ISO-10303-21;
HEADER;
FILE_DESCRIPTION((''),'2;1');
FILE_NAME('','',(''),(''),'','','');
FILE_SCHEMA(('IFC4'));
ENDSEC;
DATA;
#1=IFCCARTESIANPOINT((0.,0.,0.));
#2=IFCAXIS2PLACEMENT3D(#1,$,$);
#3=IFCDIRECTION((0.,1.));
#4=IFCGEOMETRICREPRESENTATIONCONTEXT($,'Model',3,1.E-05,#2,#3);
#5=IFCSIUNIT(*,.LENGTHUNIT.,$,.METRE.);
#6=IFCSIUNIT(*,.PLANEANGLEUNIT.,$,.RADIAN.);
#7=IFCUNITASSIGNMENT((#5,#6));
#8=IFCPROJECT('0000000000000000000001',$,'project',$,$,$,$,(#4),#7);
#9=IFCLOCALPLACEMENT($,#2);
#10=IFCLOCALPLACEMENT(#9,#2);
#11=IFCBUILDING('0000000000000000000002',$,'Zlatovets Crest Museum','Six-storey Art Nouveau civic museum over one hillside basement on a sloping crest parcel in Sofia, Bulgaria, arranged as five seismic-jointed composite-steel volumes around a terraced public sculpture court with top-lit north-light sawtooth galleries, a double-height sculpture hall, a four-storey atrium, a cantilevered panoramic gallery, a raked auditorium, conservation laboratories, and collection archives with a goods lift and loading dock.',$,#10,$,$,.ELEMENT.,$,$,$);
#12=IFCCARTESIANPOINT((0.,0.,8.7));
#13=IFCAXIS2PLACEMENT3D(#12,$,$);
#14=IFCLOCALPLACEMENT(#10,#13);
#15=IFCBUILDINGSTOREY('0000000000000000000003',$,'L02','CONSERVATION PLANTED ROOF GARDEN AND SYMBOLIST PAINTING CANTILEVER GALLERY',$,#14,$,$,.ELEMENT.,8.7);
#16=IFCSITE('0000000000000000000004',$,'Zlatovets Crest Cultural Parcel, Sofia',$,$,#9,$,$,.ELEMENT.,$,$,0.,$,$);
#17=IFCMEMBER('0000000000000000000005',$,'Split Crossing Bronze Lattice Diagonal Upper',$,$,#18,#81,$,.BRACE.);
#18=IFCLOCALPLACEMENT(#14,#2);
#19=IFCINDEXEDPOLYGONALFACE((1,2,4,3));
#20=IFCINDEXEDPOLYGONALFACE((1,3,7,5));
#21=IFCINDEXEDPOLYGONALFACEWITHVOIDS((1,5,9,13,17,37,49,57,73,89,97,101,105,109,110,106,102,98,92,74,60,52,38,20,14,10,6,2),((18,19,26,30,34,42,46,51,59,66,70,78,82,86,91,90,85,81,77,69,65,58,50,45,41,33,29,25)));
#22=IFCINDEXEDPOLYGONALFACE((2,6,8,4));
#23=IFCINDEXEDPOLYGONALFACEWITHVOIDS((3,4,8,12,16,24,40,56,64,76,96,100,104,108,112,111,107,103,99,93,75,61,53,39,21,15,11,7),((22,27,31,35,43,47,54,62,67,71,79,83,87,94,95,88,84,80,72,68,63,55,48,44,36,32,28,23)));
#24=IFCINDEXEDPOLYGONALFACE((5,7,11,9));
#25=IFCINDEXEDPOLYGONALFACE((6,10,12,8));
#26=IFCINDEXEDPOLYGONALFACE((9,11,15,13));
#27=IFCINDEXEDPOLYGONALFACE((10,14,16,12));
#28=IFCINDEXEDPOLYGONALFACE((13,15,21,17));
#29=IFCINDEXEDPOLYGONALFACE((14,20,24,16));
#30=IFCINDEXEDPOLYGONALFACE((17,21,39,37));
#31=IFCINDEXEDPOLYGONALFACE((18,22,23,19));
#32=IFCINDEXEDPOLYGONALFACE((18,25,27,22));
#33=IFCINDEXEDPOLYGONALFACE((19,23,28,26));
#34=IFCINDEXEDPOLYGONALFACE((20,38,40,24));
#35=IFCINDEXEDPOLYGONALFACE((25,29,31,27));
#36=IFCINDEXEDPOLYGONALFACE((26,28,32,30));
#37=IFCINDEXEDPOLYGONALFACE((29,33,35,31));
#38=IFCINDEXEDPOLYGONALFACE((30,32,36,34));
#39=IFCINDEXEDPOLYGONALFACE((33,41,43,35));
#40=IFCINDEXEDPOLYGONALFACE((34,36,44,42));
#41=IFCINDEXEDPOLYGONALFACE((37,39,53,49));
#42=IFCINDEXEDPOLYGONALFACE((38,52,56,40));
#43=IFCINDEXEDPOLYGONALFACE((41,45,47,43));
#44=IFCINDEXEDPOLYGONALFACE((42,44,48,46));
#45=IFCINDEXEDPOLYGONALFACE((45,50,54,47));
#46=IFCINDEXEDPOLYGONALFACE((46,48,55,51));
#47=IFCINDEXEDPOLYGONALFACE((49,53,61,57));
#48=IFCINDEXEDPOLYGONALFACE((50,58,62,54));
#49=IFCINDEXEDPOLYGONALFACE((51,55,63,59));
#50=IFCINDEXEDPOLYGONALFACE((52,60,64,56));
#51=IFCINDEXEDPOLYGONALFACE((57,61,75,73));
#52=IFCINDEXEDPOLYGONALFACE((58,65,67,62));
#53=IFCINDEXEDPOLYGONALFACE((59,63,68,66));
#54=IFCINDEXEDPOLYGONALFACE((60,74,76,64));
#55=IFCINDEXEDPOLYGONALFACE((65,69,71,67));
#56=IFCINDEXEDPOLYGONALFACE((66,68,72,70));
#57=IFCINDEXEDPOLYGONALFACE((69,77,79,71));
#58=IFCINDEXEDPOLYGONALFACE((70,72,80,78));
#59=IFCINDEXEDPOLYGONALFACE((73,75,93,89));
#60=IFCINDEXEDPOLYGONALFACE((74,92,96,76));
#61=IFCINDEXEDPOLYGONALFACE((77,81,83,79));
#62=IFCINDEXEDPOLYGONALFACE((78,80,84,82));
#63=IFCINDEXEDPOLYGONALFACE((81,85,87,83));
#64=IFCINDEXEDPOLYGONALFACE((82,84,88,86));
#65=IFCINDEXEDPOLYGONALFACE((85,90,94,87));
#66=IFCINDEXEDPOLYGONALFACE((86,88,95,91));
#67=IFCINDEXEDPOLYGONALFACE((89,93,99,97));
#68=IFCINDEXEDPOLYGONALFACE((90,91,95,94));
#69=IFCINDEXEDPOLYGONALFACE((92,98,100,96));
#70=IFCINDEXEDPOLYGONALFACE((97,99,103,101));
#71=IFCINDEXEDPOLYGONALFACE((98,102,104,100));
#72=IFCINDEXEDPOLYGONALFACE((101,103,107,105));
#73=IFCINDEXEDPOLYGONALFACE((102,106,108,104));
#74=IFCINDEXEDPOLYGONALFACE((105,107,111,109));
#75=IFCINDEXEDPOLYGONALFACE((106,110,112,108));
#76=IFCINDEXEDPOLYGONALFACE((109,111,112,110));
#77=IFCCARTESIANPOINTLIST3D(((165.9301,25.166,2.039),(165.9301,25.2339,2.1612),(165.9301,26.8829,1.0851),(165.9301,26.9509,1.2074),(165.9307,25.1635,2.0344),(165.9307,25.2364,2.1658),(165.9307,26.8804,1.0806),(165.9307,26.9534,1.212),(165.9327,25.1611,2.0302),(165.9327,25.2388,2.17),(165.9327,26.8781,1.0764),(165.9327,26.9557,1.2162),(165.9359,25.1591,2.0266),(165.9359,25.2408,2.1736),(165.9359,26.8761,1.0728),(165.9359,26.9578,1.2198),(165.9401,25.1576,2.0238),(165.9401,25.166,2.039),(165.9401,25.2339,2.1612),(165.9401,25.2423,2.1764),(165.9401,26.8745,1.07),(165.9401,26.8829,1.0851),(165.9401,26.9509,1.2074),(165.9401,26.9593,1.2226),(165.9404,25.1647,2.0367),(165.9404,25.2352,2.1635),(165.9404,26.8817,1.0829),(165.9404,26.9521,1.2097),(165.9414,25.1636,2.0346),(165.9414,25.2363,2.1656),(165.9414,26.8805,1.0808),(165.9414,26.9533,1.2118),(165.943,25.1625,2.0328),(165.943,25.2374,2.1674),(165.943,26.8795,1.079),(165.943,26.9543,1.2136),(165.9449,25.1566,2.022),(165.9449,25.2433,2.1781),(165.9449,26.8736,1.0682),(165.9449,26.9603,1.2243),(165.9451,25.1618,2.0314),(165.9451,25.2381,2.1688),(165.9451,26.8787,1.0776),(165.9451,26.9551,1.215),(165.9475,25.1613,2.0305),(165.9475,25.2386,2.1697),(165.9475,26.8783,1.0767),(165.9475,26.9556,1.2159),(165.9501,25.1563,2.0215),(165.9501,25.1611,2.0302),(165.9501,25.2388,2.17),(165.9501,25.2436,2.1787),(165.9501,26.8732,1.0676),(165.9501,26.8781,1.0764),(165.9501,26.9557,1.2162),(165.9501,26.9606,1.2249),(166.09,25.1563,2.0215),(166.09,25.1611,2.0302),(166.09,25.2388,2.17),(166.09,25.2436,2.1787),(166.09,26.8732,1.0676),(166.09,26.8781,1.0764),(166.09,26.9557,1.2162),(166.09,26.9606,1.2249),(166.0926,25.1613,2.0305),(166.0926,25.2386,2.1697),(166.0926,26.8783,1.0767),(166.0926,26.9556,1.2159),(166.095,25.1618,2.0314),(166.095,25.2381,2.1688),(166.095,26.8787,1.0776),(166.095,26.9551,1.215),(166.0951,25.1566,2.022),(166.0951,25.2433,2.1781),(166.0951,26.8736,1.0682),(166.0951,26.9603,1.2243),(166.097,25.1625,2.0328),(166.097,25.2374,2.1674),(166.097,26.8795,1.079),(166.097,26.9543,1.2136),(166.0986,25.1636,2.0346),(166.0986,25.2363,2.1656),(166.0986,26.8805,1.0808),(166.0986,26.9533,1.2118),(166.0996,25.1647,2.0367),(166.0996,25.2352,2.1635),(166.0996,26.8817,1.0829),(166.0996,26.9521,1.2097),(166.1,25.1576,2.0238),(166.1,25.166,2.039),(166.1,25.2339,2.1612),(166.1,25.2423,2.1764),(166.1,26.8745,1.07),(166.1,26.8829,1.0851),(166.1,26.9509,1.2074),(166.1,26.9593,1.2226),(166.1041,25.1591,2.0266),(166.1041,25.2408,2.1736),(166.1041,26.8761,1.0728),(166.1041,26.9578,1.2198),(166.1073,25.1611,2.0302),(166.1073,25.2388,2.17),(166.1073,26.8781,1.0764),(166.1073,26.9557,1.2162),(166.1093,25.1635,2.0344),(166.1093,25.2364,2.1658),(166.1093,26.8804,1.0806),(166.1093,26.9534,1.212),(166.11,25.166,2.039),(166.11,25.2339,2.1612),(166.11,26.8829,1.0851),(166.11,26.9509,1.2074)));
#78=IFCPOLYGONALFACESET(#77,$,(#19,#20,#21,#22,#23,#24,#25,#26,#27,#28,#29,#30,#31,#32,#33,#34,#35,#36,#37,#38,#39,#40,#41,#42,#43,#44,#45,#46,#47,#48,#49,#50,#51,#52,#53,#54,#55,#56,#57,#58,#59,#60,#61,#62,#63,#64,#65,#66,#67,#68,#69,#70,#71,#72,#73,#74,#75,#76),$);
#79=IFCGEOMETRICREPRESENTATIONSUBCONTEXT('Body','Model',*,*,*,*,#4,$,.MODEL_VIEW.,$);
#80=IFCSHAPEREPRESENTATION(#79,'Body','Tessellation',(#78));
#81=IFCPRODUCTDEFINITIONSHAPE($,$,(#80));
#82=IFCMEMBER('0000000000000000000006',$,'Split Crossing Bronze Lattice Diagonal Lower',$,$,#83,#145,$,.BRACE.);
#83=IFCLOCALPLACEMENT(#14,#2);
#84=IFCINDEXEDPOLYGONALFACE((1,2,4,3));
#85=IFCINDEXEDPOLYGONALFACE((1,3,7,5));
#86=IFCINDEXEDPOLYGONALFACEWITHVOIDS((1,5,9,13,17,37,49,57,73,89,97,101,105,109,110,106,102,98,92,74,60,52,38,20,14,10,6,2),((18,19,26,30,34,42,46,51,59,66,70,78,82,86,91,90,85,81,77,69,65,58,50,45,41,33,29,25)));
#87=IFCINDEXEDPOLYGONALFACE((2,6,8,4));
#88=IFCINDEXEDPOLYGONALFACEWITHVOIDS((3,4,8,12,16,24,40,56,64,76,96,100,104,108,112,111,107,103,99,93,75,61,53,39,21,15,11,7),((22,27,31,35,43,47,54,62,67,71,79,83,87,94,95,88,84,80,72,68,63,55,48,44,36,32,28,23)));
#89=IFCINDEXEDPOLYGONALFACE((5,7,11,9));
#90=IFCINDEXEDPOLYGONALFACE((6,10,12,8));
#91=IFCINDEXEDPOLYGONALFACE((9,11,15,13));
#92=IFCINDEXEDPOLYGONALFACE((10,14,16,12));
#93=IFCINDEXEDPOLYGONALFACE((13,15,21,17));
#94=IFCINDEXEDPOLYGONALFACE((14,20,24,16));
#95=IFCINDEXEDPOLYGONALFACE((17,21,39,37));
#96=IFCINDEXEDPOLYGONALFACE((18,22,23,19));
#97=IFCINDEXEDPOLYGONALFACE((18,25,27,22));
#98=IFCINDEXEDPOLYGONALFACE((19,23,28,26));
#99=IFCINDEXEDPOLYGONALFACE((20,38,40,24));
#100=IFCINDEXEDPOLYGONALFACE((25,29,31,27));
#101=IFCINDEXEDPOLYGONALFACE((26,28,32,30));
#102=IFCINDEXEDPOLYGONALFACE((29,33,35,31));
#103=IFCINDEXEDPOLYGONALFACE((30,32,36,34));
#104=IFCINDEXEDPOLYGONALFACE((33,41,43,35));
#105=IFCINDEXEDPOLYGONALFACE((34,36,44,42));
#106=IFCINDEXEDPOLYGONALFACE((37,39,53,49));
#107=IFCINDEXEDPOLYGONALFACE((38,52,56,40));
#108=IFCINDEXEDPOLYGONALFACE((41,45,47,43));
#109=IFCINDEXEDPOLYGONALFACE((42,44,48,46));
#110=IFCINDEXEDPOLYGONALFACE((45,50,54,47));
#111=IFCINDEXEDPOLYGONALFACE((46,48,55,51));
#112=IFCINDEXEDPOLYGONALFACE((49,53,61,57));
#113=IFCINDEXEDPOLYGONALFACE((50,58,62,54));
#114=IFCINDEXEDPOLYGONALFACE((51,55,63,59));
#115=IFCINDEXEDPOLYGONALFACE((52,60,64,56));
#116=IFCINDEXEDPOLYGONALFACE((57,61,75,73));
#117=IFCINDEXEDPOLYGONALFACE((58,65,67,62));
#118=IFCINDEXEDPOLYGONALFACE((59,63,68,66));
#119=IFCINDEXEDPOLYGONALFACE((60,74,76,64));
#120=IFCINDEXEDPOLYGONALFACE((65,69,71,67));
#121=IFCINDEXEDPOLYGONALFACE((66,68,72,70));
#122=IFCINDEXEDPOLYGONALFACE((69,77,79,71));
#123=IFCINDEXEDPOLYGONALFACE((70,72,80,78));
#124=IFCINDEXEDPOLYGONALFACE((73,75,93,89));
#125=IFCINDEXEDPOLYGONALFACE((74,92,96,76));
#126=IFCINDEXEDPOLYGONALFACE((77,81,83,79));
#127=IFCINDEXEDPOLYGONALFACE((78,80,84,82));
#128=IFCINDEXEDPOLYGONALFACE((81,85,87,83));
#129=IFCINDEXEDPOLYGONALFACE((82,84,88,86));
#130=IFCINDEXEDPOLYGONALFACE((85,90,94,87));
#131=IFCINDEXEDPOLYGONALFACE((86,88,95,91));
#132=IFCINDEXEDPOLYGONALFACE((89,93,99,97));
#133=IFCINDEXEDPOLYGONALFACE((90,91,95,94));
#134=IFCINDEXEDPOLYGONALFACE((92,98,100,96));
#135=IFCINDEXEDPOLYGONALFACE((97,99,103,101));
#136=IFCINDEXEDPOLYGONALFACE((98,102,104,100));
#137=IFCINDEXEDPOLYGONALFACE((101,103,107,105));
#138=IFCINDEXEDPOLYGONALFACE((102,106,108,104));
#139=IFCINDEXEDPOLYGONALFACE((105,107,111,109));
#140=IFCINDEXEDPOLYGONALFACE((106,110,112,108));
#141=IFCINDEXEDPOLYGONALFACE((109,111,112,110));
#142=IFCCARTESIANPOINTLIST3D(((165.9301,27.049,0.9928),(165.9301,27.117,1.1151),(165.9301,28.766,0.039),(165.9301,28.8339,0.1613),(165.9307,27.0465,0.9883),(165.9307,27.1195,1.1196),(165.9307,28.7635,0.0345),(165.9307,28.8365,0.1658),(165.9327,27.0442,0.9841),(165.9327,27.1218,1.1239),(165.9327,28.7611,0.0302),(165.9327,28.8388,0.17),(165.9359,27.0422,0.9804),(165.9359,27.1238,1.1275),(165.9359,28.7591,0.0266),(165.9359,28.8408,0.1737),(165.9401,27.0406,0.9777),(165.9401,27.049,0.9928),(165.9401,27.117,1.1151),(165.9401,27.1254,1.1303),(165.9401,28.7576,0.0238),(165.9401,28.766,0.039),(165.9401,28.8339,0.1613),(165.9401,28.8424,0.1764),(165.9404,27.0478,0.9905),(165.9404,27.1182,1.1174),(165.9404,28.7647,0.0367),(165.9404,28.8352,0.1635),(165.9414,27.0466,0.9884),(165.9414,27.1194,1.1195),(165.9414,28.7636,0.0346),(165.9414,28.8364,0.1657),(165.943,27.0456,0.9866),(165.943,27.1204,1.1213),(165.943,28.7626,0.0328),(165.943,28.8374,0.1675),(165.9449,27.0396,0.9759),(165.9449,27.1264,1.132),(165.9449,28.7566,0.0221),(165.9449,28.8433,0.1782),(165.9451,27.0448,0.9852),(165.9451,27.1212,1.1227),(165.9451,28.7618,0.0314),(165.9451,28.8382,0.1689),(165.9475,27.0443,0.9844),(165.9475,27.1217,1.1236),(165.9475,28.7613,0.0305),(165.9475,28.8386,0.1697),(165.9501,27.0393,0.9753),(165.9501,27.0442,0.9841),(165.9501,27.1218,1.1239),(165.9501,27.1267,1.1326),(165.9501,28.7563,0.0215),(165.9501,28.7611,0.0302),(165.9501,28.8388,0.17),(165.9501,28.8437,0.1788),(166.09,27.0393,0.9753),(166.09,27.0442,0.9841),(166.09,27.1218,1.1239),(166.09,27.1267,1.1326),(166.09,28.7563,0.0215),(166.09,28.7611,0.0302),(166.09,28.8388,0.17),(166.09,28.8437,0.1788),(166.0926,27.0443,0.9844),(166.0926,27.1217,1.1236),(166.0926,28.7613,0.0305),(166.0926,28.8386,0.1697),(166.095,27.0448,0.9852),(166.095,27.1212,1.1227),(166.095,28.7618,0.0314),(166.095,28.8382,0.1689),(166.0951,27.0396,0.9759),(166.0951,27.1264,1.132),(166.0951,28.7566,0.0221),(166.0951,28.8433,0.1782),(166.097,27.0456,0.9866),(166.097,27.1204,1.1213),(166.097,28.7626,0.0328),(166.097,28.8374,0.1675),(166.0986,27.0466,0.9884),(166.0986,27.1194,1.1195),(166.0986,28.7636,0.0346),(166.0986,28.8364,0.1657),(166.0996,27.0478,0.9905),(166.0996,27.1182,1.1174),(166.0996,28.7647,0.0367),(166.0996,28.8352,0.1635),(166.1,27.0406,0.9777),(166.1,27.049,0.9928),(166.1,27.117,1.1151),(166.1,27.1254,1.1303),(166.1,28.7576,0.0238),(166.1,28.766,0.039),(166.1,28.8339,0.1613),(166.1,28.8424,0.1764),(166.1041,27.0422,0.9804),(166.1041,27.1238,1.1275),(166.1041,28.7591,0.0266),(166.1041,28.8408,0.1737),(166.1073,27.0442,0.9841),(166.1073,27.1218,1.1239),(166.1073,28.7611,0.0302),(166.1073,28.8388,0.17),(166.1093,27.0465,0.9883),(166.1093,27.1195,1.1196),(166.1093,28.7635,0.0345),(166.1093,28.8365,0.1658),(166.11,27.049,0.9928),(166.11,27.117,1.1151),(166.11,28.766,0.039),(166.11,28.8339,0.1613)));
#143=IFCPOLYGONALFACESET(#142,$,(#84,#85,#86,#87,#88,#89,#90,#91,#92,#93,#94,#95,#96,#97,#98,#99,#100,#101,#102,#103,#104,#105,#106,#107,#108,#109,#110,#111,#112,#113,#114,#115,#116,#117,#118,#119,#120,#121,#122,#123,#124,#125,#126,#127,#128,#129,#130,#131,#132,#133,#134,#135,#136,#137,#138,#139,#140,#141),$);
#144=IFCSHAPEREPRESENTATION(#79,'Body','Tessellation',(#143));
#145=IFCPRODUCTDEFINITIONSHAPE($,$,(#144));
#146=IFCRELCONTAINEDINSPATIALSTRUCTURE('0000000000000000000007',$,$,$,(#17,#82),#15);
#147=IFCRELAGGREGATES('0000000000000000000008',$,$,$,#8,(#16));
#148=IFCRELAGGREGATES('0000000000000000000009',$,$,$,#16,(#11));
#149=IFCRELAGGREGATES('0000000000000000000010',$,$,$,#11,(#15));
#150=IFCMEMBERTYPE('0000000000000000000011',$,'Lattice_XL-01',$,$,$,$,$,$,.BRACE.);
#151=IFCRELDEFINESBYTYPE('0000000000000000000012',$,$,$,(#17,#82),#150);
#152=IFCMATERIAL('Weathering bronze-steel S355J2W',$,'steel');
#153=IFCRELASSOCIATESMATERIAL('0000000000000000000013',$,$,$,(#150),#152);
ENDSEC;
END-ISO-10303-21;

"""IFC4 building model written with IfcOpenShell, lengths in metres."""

from ifc_helpers import new_model, si_unit, direction, frame, origin, origin_2d, place, context, subcontext, project, spatial, hollow_rectangle, extrude, material, material_profile, profile_set, type_object, element, save


model = new_model("IFC4")

# Units and contexts
model_context = context("Model", 3, precision=1e-05, world=origin(), true_north=direction((0.0, 1.0)))
body_context = subcontext(model_context, "Body", "Model", "MODEL_VIEW")
ifc_project = project(units=[si_unit("LENGTHUNIT", "METRE"), si_unit("PLANEANGLEUNIT", "RADIAN")], contexts=[model_context])

# Site, building, storey
site_placement = place(None, origin())
site = spatial("IfcSite", under=ifc_project, at=site_placement, Name="Zlatovets Crest Cultural Parcel, Sofia", CompositionType="ELEMENT", RefElevation=0.0)
building_placement = place(site_placement, origin())
building = spatial("IfcBuilding", under=site, at=building_placement, Name="Zlatovets Crest Museum", Description="Six-storey Art Nouveau civic museum over one hillside basement on a sloping crest parcel in Sofia, Bulgaria, arranged as five seismic-jointed composite-steel volumes around a terraced public sculpture court with top-lit north-light sawtooth galleries, a double-height sculpture hall, a four-storey atrium, a cantilevered panoramic gallery, a raked auditorium, conservation laboratories, and collection archives with a goods lift and loading dock.", CompositionType="ELEMENT")
storey_placement = place(building_placement, frame((0.0, 0.0, 8.7)))
storey = spatial("IfcBuildingStorey", under=building, at=storey_placement, Name="L02", Description="CONSERVATION PLANTED ROOF GARDEN AND SYMBOLIST PAINTING CANTILEVER GALLERY", CompositionType="ELEMENT", Elevation=8.7)

# Members
ifc_material_1 = material(Name="Weathering bronze-steel S355J2W", Category="steel")
ifc_material_profile_1 = material_profile(ifc_material_1, hollow_rectangle(XDim=0.1799, YDim=0.1799, WallThickness=0.01, InnerFilletRadius=0.01, OuterFilletRadius=0.02, at=origin_2d()), Name="SHS 180x180x10.0")
ifc_profile_set_1 = profile_set([ifc_material_profile_1], Name="Weathering bronze-steel S355J2W")
member_type_1 = type_object("IfcMemberType", Name="Lattice_XL-01", PredefinedType="BRACE", material=ifc_profile_set_1)
for number, where, z_axis, x_axis, name in (
    (1, (166.02, 25.2, 2.1001), (0.0, 0.874169, -0.485622), (-1.0, 0.0, 0.0), "Split Crossing Bronze Lattice Diagonal Upper"),
    (2, (166.02, 27.083, 1.054), (0.0, 0.874169, -0.485622), (-1.0, 0.0, 0.0), "Split Crossing Bronze Lattice Diagonal Lower"),
):
    element("IfcMember", number, at=place(storey_placement, frame(where, z_axis=z_axis, x_axis=x_axis)), inside=storey, type_object=member_type_1, Name=name, PredefinedType="BRACE", context=body_context, shape_type="SweptSolid", body=[
        extrude(hollow_rectangle(XDim=0.1799, YDim=0.1799, WallThickness=0.01, InnerFilletRadius=0.01, OuterFilletRadius=0.02, at=origin_2d()), origin(), (0.0, 0.0, 1.0), 1.9641),
    ])

save(model, "model.ifc")
